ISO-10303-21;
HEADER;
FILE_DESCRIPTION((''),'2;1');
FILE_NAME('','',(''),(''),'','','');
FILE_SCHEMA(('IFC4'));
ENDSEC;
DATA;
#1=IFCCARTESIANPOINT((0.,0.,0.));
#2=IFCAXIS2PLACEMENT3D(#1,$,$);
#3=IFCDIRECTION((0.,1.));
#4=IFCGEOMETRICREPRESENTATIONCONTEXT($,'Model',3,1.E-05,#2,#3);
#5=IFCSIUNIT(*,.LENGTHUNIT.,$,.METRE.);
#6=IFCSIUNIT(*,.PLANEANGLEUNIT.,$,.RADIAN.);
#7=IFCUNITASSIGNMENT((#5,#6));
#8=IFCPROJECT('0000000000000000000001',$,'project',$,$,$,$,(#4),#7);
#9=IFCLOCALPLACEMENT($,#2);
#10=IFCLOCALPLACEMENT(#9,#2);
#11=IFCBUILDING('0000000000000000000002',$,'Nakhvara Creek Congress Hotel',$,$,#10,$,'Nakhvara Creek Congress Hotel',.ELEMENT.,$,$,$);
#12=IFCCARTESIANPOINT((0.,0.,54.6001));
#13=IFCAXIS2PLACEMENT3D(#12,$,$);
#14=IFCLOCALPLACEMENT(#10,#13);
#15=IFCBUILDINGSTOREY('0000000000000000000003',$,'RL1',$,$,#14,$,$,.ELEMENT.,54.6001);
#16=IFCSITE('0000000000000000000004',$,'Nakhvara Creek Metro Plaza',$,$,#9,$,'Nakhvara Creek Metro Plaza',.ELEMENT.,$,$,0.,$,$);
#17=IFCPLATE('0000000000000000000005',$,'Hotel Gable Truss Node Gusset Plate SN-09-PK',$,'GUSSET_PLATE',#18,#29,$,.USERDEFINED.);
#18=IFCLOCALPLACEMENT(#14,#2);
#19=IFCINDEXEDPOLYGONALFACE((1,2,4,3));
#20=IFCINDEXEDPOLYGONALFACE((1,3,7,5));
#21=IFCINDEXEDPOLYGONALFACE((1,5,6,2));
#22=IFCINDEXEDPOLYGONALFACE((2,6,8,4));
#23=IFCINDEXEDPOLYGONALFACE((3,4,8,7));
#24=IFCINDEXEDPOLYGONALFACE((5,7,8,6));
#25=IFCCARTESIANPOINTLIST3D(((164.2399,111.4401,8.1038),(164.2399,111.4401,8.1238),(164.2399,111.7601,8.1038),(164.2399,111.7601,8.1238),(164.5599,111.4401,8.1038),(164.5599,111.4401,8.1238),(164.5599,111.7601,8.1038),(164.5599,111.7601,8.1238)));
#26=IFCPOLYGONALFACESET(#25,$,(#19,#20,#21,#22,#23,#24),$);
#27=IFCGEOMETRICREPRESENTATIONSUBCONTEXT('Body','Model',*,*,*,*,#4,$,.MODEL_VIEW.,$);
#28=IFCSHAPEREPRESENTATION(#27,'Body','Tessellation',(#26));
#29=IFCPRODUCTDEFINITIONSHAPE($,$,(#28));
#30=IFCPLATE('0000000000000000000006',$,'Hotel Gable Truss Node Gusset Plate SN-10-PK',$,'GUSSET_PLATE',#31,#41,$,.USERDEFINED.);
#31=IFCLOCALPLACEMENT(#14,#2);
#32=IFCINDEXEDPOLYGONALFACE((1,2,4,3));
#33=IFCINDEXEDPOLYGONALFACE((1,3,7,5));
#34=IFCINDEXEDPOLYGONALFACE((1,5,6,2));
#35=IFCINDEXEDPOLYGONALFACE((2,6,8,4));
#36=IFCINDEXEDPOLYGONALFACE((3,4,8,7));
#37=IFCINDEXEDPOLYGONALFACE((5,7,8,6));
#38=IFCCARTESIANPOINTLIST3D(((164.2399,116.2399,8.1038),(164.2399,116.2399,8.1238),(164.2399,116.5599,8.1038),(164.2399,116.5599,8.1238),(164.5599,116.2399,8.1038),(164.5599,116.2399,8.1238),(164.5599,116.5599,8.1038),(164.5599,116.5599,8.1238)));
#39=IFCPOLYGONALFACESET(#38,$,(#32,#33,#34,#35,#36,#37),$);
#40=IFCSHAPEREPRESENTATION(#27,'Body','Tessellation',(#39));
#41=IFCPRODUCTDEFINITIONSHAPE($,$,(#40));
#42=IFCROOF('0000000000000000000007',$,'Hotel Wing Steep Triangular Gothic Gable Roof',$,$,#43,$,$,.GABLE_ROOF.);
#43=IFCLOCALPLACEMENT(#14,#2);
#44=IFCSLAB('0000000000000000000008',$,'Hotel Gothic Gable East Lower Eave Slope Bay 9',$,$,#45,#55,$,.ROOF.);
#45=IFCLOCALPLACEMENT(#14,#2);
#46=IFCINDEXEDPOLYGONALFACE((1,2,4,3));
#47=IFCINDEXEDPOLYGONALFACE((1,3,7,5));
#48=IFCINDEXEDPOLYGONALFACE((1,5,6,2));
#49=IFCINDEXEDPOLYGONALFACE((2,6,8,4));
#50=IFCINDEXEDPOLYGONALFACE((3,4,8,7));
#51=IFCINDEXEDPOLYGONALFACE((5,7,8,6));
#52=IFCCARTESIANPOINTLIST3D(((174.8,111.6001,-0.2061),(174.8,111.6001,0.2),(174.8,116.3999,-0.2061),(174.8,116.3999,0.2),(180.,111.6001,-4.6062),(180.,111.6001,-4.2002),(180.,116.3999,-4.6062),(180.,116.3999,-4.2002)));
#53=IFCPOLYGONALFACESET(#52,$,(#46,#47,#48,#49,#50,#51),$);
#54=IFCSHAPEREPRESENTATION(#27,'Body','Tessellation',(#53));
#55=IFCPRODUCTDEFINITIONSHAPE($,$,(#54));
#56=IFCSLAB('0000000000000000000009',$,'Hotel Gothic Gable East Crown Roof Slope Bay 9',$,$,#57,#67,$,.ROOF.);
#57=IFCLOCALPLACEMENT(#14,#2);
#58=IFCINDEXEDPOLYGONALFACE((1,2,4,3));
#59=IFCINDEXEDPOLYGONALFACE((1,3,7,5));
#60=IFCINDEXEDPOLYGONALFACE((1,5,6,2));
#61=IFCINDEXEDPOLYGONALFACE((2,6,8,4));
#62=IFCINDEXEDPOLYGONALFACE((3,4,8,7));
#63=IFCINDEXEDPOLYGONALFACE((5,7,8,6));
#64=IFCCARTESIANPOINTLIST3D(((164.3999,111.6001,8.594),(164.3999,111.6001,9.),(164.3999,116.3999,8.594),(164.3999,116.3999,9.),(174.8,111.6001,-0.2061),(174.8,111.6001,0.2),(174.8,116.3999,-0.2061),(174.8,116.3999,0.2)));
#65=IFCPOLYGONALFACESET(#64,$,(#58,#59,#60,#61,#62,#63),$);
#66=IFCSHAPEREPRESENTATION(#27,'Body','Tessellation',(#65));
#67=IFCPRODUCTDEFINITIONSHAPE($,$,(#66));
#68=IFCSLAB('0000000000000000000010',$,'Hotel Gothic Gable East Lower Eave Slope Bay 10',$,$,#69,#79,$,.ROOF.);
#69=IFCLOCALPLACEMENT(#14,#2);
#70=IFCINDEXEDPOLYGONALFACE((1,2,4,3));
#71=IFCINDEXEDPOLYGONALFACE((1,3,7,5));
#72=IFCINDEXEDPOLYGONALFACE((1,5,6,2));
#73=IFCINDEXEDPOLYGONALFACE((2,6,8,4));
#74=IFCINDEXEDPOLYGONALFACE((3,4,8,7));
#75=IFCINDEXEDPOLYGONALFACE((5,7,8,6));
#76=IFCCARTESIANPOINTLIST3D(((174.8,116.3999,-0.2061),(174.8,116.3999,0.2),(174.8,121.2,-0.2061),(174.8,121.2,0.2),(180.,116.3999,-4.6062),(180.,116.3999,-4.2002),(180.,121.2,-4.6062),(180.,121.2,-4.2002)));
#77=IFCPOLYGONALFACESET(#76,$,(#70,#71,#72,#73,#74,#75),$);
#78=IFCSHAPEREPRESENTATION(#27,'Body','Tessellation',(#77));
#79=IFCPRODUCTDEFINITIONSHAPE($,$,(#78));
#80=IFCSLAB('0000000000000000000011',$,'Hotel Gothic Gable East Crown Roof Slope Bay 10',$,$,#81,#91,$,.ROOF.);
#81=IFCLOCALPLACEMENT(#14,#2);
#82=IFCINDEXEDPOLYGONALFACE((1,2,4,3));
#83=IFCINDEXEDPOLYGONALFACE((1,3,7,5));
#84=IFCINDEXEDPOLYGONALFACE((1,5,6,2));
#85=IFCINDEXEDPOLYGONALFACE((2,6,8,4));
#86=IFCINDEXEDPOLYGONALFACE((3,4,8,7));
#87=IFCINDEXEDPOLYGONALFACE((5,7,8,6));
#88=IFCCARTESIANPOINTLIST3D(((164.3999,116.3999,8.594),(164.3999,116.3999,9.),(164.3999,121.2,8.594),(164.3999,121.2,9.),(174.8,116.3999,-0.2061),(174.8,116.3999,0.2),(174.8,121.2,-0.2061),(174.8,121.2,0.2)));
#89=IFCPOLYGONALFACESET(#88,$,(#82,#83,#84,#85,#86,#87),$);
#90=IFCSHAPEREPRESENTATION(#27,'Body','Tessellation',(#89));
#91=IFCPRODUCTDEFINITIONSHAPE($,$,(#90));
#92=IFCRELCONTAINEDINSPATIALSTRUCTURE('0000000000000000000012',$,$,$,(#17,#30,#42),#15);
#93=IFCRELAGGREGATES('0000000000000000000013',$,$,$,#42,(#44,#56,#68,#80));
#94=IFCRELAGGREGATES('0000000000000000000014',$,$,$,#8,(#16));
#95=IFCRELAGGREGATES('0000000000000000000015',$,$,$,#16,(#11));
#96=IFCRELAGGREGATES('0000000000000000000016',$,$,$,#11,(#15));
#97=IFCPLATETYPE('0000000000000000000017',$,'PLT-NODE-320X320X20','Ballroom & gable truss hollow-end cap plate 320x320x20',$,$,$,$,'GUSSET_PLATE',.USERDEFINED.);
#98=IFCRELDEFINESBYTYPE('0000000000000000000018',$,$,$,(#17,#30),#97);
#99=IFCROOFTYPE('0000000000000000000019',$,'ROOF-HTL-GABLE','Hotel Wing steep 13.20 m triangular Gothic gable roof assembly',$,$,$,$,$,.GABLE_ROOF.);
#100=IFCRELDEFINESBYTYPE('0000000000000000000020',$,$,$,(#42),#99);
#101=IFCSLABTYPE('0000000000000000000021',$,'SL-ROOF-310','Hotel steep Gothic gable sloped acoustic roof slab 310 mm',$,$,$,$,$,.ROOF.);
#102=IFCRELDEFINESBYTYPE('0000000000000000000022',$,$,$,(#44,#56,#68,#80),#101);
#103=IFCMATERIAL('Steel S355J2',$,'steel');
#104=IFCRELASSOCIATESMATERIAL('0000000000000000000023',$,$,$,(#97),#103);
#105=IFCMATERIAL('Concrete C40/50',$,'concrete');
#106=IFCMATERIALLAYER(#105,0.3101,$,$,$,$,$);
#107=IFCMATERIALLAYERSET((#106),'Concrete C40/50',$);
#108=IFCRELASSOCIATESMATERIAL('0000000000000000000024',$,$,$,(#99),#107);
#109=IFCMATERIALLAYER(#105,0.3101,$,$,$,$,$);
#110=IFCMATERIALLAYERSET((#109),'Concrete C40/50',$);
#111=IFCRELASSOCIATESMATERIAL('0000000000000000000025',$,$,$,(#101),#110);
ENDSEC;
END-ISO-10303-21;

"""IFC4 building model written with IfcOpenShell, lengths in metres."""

from ifc_helpers import new_model, si_unit, direction, frame, origin, origin_2d, place, context, subcontext, project, spatial, polyline, rectangle, outline, extrude, material, layer, layer_set, type_object, element, aggregate, save


model = new_model("IFC4")

# Units and contexts
model_context = context("Model", 3, precision=1e-05, world=origin(), true_north=direction((0.0, 1.0)))
body_context = subcontext(model_context, "Body", "Model", "MODEL_VIEW")
ifc_project = project(units=[si_unit("LENGTHUNIT", "METRE"), si_unit("PLANEANGLEUNIT", "RADIAN")], contexts=[model_context])

# Site, building, storey
site_placement = place(None, origin())
site = spatial("IfcSite", under=ifc_project, at=site_placement, Name="Nakhvara Creek Metro Plaza", LongName="Nakhvara Creek Metro Plaza", CompositionType="ELEMENT", RefElevation=0.0)
building_placement = place(site_placement, origin())
building = spatial("IfcBuilding", under=site, at=building_placement, Name="Nakhvara Creek Congress Hotel", LongName="Nakhvara Creek Congress Hotel", CompositionType="ELEMENT")
storey_placement = place(building_placement, frame((0.0, 0.0, 54.6001)))
storey = spatial("IfcBuildingStorey", under=building, at=storey_placement, Name="RL1", CompositionType="ELEMENT", Elevation=54.6001)

# Shared definitions
ifc_material_1 = material(Name="Steel S355J2", Category="steel")

# Plates
plate_type_1 = type_object("IfcPlateType", Name="PLT-NODE-320X320X20", Description="Ballroom & gable truss hollow-end cap plate 320x320x20", ElementType="GUSSET_PLATE", PredefinedType="USERDEFINED", material=ifc_material_1)
for number, where, z_axis, x_axis, name in (
    (1, (164.3999, 111.6001, 8.1038), (0.0, 0.0, 1.0), (1.0, 0.0, 0.0), "Hotel Gable Truss Node Gusset Plate SN-09-PK"),
    (2, (164.3999, 116.3999, 8.1038), (0.0, 0.0, 1.0), (1.0, 0.0, 0.0), "Hotel Gable Truss Node Gusset Plate SN-10-PK"),
):
    element("IfcPlate", number, at=place(storey_placement, frame(where, z_axis=z_axis, x_axis=x_axis)), inside=storey, type_object=plate_type_1, Name=name, ObjectType="GUSSET_PLATE", PredefinedType="USERDEFINED", context=body_context, shape_type="SweptSolid", body=[
        extrude(rectangle(XDim=0.3201, YDim=0.3201, at=origin_2d()), origin(), (0.0, 0.0, 1.0), 0.02),
    ])

# Roof, slabs
ifc_material_2 = material(Name="Concrete C40/50", Category="concrete")
ifc_layer_1 = layer(ifc_material_2, 0.3101)
ifc_layer_set_1 = layer_set([ifc_layer_1], Name="Concrete C40/50")
roof_type = type_object("IfcRoofType", Name="ROOF-HTL-GABLE", Description="Hotel Wing steep 13.20 m triangular Gothic gable roof assembly", PredefinedType="GABLE_ROOF", material=ifc_layer_set_1)
roof_placement = place(storey_placement, origin())
roof = element("IfcRoof", 3, at=roof_placement, inside=storey, type_object=roof_type, Name="Hotel Wing Steep Triangular Gothic Gable Roof", PredefinedType="GABLE_ROOF")
ifc_layer_2 = layer(ifc_material_2, 0.3101)
ifc_layer_set_2 = layer_set([ifc_layer_2], Name="Concrete C40/50")
slab_type = type_object("IfcSlabType", Name="SL-ROOF-310", Description="Hotel steep Gothic gable sloped acoustic roof slab 310 mm", PredefinedType="ROOF", material=ifc_layer_set_2)
slab_1_placement = place(storey_placement, frame((174.8, 111.6001, 0.2), z_axis=(0.0, 0.0, 1.0), x_axis=(1.0, 0.0, 0.0)))
slab_1 = element("IfcSlab", 4, at=slab_1_placement, type_object=slab_type, Name="Hotel Gothic Gable East Lower Eave Slope Bay 9", PredefinedType="ROOF", context=body_context, shape_type="SweptSolid", body=[
    extrude(outline(polyline([(0.0, 0.0), (5.2, -4.4001), (5.2, -4.8062), (0.0, -0.406), (0.0, 0.0)])), frame((0.0, 4.7998, 0.0), z_axis=(0.0, -1.0, 0.0), x_axis=(1.0, 0.0, 0.0)), (0.0, 0.0, 1.0), 4.7998),
])
slab_2_placement = place(storey_placement, frame((164.3999, 111.6001, 9.0), z_axis=(0.0, 0.0, 1.0), x_axis=(1.0, 0.0, 0.0)))
slab_2 = element("IfcSlab", 5, at=slab_2_placement, type_object=slab_type, Name="Hotel Gothic Gable East Crown Roof Slope Bay 9", PredefinedType="ROOF", context=body_context, shape_type="SweptSolid", body=[
    extrude(outline(polyline([(0.0, 0.0), (10.4001, -8.8), (10.4001, -9.2061), (0.0, -0.406), (0.0, 0.0)])), frame((0.0, 4.7998, 0.0), z_axis=(0.0, -1.0, 0.0), x_axis=(1.0, 0.0, 0.0)), (0.0, 0.0, 1.0), 4.7998),
])
slab_3_placement = place(storey_placement, frame((174.8, 116.3999, 0.2), z_axis=(0.0, 0.0, 1.0), x_axis=(1.0, 0.0, 0.0)))
slab_3 = element("IfcSlab", 6, at=slab_3_placement, type_object=slab_type, Name="Hotel Gothic Gable East Lower Eave Slope Bay 10", PredefinedType="ROOF", context=body_context, shape_type="SweptSolid", body=[
    extrude(outline(polyline([(0.0, 0.0), (5.2, -4.4001), (5.2, -4.8062), (0.0, -0.406), (0.0, 0.0)])), frame((0.0, 4.8, 0.0), z_axis=(0.0, -1.0, 0.0), x_axis=(1.0, 0.0, 0.0)), (0.0, 0.0, 1.0), 4.8),
])
slab_4_placement = place(storey_placement, frame((164.3999, 116.3999, 9.0), z_axis=(0.0, 0.0, 1.0), x_axis=(1.0, 0.0, 0.0)))
slab_4 = element("IfcSlab", 7, at=slab_4_placement, type_object=slab_type, Name="Hotel Gothic Gable East Crown Roof Slope Bay 10", PredefinedType="ROOF", context=body_context, shape_type="SweptSolid", body=[
    extrude(outline(polyline([(0.0, 0.0), (10.4001, -8.8), (10.4001, -9.2061), (0.0, -0.406), (0.0, 0.0)])), frame((0.0, 4.8, 0.0), z_axis=(0.0, -1.0, 0.0), x_axis=(1.0, 0.0, 0.0)), (0.0, 0.0, 1.0), 4.8),
])
aggregate(roof, [slab_1, slab_2, slab_3, slab_4])

save(model, "model.ifc")
